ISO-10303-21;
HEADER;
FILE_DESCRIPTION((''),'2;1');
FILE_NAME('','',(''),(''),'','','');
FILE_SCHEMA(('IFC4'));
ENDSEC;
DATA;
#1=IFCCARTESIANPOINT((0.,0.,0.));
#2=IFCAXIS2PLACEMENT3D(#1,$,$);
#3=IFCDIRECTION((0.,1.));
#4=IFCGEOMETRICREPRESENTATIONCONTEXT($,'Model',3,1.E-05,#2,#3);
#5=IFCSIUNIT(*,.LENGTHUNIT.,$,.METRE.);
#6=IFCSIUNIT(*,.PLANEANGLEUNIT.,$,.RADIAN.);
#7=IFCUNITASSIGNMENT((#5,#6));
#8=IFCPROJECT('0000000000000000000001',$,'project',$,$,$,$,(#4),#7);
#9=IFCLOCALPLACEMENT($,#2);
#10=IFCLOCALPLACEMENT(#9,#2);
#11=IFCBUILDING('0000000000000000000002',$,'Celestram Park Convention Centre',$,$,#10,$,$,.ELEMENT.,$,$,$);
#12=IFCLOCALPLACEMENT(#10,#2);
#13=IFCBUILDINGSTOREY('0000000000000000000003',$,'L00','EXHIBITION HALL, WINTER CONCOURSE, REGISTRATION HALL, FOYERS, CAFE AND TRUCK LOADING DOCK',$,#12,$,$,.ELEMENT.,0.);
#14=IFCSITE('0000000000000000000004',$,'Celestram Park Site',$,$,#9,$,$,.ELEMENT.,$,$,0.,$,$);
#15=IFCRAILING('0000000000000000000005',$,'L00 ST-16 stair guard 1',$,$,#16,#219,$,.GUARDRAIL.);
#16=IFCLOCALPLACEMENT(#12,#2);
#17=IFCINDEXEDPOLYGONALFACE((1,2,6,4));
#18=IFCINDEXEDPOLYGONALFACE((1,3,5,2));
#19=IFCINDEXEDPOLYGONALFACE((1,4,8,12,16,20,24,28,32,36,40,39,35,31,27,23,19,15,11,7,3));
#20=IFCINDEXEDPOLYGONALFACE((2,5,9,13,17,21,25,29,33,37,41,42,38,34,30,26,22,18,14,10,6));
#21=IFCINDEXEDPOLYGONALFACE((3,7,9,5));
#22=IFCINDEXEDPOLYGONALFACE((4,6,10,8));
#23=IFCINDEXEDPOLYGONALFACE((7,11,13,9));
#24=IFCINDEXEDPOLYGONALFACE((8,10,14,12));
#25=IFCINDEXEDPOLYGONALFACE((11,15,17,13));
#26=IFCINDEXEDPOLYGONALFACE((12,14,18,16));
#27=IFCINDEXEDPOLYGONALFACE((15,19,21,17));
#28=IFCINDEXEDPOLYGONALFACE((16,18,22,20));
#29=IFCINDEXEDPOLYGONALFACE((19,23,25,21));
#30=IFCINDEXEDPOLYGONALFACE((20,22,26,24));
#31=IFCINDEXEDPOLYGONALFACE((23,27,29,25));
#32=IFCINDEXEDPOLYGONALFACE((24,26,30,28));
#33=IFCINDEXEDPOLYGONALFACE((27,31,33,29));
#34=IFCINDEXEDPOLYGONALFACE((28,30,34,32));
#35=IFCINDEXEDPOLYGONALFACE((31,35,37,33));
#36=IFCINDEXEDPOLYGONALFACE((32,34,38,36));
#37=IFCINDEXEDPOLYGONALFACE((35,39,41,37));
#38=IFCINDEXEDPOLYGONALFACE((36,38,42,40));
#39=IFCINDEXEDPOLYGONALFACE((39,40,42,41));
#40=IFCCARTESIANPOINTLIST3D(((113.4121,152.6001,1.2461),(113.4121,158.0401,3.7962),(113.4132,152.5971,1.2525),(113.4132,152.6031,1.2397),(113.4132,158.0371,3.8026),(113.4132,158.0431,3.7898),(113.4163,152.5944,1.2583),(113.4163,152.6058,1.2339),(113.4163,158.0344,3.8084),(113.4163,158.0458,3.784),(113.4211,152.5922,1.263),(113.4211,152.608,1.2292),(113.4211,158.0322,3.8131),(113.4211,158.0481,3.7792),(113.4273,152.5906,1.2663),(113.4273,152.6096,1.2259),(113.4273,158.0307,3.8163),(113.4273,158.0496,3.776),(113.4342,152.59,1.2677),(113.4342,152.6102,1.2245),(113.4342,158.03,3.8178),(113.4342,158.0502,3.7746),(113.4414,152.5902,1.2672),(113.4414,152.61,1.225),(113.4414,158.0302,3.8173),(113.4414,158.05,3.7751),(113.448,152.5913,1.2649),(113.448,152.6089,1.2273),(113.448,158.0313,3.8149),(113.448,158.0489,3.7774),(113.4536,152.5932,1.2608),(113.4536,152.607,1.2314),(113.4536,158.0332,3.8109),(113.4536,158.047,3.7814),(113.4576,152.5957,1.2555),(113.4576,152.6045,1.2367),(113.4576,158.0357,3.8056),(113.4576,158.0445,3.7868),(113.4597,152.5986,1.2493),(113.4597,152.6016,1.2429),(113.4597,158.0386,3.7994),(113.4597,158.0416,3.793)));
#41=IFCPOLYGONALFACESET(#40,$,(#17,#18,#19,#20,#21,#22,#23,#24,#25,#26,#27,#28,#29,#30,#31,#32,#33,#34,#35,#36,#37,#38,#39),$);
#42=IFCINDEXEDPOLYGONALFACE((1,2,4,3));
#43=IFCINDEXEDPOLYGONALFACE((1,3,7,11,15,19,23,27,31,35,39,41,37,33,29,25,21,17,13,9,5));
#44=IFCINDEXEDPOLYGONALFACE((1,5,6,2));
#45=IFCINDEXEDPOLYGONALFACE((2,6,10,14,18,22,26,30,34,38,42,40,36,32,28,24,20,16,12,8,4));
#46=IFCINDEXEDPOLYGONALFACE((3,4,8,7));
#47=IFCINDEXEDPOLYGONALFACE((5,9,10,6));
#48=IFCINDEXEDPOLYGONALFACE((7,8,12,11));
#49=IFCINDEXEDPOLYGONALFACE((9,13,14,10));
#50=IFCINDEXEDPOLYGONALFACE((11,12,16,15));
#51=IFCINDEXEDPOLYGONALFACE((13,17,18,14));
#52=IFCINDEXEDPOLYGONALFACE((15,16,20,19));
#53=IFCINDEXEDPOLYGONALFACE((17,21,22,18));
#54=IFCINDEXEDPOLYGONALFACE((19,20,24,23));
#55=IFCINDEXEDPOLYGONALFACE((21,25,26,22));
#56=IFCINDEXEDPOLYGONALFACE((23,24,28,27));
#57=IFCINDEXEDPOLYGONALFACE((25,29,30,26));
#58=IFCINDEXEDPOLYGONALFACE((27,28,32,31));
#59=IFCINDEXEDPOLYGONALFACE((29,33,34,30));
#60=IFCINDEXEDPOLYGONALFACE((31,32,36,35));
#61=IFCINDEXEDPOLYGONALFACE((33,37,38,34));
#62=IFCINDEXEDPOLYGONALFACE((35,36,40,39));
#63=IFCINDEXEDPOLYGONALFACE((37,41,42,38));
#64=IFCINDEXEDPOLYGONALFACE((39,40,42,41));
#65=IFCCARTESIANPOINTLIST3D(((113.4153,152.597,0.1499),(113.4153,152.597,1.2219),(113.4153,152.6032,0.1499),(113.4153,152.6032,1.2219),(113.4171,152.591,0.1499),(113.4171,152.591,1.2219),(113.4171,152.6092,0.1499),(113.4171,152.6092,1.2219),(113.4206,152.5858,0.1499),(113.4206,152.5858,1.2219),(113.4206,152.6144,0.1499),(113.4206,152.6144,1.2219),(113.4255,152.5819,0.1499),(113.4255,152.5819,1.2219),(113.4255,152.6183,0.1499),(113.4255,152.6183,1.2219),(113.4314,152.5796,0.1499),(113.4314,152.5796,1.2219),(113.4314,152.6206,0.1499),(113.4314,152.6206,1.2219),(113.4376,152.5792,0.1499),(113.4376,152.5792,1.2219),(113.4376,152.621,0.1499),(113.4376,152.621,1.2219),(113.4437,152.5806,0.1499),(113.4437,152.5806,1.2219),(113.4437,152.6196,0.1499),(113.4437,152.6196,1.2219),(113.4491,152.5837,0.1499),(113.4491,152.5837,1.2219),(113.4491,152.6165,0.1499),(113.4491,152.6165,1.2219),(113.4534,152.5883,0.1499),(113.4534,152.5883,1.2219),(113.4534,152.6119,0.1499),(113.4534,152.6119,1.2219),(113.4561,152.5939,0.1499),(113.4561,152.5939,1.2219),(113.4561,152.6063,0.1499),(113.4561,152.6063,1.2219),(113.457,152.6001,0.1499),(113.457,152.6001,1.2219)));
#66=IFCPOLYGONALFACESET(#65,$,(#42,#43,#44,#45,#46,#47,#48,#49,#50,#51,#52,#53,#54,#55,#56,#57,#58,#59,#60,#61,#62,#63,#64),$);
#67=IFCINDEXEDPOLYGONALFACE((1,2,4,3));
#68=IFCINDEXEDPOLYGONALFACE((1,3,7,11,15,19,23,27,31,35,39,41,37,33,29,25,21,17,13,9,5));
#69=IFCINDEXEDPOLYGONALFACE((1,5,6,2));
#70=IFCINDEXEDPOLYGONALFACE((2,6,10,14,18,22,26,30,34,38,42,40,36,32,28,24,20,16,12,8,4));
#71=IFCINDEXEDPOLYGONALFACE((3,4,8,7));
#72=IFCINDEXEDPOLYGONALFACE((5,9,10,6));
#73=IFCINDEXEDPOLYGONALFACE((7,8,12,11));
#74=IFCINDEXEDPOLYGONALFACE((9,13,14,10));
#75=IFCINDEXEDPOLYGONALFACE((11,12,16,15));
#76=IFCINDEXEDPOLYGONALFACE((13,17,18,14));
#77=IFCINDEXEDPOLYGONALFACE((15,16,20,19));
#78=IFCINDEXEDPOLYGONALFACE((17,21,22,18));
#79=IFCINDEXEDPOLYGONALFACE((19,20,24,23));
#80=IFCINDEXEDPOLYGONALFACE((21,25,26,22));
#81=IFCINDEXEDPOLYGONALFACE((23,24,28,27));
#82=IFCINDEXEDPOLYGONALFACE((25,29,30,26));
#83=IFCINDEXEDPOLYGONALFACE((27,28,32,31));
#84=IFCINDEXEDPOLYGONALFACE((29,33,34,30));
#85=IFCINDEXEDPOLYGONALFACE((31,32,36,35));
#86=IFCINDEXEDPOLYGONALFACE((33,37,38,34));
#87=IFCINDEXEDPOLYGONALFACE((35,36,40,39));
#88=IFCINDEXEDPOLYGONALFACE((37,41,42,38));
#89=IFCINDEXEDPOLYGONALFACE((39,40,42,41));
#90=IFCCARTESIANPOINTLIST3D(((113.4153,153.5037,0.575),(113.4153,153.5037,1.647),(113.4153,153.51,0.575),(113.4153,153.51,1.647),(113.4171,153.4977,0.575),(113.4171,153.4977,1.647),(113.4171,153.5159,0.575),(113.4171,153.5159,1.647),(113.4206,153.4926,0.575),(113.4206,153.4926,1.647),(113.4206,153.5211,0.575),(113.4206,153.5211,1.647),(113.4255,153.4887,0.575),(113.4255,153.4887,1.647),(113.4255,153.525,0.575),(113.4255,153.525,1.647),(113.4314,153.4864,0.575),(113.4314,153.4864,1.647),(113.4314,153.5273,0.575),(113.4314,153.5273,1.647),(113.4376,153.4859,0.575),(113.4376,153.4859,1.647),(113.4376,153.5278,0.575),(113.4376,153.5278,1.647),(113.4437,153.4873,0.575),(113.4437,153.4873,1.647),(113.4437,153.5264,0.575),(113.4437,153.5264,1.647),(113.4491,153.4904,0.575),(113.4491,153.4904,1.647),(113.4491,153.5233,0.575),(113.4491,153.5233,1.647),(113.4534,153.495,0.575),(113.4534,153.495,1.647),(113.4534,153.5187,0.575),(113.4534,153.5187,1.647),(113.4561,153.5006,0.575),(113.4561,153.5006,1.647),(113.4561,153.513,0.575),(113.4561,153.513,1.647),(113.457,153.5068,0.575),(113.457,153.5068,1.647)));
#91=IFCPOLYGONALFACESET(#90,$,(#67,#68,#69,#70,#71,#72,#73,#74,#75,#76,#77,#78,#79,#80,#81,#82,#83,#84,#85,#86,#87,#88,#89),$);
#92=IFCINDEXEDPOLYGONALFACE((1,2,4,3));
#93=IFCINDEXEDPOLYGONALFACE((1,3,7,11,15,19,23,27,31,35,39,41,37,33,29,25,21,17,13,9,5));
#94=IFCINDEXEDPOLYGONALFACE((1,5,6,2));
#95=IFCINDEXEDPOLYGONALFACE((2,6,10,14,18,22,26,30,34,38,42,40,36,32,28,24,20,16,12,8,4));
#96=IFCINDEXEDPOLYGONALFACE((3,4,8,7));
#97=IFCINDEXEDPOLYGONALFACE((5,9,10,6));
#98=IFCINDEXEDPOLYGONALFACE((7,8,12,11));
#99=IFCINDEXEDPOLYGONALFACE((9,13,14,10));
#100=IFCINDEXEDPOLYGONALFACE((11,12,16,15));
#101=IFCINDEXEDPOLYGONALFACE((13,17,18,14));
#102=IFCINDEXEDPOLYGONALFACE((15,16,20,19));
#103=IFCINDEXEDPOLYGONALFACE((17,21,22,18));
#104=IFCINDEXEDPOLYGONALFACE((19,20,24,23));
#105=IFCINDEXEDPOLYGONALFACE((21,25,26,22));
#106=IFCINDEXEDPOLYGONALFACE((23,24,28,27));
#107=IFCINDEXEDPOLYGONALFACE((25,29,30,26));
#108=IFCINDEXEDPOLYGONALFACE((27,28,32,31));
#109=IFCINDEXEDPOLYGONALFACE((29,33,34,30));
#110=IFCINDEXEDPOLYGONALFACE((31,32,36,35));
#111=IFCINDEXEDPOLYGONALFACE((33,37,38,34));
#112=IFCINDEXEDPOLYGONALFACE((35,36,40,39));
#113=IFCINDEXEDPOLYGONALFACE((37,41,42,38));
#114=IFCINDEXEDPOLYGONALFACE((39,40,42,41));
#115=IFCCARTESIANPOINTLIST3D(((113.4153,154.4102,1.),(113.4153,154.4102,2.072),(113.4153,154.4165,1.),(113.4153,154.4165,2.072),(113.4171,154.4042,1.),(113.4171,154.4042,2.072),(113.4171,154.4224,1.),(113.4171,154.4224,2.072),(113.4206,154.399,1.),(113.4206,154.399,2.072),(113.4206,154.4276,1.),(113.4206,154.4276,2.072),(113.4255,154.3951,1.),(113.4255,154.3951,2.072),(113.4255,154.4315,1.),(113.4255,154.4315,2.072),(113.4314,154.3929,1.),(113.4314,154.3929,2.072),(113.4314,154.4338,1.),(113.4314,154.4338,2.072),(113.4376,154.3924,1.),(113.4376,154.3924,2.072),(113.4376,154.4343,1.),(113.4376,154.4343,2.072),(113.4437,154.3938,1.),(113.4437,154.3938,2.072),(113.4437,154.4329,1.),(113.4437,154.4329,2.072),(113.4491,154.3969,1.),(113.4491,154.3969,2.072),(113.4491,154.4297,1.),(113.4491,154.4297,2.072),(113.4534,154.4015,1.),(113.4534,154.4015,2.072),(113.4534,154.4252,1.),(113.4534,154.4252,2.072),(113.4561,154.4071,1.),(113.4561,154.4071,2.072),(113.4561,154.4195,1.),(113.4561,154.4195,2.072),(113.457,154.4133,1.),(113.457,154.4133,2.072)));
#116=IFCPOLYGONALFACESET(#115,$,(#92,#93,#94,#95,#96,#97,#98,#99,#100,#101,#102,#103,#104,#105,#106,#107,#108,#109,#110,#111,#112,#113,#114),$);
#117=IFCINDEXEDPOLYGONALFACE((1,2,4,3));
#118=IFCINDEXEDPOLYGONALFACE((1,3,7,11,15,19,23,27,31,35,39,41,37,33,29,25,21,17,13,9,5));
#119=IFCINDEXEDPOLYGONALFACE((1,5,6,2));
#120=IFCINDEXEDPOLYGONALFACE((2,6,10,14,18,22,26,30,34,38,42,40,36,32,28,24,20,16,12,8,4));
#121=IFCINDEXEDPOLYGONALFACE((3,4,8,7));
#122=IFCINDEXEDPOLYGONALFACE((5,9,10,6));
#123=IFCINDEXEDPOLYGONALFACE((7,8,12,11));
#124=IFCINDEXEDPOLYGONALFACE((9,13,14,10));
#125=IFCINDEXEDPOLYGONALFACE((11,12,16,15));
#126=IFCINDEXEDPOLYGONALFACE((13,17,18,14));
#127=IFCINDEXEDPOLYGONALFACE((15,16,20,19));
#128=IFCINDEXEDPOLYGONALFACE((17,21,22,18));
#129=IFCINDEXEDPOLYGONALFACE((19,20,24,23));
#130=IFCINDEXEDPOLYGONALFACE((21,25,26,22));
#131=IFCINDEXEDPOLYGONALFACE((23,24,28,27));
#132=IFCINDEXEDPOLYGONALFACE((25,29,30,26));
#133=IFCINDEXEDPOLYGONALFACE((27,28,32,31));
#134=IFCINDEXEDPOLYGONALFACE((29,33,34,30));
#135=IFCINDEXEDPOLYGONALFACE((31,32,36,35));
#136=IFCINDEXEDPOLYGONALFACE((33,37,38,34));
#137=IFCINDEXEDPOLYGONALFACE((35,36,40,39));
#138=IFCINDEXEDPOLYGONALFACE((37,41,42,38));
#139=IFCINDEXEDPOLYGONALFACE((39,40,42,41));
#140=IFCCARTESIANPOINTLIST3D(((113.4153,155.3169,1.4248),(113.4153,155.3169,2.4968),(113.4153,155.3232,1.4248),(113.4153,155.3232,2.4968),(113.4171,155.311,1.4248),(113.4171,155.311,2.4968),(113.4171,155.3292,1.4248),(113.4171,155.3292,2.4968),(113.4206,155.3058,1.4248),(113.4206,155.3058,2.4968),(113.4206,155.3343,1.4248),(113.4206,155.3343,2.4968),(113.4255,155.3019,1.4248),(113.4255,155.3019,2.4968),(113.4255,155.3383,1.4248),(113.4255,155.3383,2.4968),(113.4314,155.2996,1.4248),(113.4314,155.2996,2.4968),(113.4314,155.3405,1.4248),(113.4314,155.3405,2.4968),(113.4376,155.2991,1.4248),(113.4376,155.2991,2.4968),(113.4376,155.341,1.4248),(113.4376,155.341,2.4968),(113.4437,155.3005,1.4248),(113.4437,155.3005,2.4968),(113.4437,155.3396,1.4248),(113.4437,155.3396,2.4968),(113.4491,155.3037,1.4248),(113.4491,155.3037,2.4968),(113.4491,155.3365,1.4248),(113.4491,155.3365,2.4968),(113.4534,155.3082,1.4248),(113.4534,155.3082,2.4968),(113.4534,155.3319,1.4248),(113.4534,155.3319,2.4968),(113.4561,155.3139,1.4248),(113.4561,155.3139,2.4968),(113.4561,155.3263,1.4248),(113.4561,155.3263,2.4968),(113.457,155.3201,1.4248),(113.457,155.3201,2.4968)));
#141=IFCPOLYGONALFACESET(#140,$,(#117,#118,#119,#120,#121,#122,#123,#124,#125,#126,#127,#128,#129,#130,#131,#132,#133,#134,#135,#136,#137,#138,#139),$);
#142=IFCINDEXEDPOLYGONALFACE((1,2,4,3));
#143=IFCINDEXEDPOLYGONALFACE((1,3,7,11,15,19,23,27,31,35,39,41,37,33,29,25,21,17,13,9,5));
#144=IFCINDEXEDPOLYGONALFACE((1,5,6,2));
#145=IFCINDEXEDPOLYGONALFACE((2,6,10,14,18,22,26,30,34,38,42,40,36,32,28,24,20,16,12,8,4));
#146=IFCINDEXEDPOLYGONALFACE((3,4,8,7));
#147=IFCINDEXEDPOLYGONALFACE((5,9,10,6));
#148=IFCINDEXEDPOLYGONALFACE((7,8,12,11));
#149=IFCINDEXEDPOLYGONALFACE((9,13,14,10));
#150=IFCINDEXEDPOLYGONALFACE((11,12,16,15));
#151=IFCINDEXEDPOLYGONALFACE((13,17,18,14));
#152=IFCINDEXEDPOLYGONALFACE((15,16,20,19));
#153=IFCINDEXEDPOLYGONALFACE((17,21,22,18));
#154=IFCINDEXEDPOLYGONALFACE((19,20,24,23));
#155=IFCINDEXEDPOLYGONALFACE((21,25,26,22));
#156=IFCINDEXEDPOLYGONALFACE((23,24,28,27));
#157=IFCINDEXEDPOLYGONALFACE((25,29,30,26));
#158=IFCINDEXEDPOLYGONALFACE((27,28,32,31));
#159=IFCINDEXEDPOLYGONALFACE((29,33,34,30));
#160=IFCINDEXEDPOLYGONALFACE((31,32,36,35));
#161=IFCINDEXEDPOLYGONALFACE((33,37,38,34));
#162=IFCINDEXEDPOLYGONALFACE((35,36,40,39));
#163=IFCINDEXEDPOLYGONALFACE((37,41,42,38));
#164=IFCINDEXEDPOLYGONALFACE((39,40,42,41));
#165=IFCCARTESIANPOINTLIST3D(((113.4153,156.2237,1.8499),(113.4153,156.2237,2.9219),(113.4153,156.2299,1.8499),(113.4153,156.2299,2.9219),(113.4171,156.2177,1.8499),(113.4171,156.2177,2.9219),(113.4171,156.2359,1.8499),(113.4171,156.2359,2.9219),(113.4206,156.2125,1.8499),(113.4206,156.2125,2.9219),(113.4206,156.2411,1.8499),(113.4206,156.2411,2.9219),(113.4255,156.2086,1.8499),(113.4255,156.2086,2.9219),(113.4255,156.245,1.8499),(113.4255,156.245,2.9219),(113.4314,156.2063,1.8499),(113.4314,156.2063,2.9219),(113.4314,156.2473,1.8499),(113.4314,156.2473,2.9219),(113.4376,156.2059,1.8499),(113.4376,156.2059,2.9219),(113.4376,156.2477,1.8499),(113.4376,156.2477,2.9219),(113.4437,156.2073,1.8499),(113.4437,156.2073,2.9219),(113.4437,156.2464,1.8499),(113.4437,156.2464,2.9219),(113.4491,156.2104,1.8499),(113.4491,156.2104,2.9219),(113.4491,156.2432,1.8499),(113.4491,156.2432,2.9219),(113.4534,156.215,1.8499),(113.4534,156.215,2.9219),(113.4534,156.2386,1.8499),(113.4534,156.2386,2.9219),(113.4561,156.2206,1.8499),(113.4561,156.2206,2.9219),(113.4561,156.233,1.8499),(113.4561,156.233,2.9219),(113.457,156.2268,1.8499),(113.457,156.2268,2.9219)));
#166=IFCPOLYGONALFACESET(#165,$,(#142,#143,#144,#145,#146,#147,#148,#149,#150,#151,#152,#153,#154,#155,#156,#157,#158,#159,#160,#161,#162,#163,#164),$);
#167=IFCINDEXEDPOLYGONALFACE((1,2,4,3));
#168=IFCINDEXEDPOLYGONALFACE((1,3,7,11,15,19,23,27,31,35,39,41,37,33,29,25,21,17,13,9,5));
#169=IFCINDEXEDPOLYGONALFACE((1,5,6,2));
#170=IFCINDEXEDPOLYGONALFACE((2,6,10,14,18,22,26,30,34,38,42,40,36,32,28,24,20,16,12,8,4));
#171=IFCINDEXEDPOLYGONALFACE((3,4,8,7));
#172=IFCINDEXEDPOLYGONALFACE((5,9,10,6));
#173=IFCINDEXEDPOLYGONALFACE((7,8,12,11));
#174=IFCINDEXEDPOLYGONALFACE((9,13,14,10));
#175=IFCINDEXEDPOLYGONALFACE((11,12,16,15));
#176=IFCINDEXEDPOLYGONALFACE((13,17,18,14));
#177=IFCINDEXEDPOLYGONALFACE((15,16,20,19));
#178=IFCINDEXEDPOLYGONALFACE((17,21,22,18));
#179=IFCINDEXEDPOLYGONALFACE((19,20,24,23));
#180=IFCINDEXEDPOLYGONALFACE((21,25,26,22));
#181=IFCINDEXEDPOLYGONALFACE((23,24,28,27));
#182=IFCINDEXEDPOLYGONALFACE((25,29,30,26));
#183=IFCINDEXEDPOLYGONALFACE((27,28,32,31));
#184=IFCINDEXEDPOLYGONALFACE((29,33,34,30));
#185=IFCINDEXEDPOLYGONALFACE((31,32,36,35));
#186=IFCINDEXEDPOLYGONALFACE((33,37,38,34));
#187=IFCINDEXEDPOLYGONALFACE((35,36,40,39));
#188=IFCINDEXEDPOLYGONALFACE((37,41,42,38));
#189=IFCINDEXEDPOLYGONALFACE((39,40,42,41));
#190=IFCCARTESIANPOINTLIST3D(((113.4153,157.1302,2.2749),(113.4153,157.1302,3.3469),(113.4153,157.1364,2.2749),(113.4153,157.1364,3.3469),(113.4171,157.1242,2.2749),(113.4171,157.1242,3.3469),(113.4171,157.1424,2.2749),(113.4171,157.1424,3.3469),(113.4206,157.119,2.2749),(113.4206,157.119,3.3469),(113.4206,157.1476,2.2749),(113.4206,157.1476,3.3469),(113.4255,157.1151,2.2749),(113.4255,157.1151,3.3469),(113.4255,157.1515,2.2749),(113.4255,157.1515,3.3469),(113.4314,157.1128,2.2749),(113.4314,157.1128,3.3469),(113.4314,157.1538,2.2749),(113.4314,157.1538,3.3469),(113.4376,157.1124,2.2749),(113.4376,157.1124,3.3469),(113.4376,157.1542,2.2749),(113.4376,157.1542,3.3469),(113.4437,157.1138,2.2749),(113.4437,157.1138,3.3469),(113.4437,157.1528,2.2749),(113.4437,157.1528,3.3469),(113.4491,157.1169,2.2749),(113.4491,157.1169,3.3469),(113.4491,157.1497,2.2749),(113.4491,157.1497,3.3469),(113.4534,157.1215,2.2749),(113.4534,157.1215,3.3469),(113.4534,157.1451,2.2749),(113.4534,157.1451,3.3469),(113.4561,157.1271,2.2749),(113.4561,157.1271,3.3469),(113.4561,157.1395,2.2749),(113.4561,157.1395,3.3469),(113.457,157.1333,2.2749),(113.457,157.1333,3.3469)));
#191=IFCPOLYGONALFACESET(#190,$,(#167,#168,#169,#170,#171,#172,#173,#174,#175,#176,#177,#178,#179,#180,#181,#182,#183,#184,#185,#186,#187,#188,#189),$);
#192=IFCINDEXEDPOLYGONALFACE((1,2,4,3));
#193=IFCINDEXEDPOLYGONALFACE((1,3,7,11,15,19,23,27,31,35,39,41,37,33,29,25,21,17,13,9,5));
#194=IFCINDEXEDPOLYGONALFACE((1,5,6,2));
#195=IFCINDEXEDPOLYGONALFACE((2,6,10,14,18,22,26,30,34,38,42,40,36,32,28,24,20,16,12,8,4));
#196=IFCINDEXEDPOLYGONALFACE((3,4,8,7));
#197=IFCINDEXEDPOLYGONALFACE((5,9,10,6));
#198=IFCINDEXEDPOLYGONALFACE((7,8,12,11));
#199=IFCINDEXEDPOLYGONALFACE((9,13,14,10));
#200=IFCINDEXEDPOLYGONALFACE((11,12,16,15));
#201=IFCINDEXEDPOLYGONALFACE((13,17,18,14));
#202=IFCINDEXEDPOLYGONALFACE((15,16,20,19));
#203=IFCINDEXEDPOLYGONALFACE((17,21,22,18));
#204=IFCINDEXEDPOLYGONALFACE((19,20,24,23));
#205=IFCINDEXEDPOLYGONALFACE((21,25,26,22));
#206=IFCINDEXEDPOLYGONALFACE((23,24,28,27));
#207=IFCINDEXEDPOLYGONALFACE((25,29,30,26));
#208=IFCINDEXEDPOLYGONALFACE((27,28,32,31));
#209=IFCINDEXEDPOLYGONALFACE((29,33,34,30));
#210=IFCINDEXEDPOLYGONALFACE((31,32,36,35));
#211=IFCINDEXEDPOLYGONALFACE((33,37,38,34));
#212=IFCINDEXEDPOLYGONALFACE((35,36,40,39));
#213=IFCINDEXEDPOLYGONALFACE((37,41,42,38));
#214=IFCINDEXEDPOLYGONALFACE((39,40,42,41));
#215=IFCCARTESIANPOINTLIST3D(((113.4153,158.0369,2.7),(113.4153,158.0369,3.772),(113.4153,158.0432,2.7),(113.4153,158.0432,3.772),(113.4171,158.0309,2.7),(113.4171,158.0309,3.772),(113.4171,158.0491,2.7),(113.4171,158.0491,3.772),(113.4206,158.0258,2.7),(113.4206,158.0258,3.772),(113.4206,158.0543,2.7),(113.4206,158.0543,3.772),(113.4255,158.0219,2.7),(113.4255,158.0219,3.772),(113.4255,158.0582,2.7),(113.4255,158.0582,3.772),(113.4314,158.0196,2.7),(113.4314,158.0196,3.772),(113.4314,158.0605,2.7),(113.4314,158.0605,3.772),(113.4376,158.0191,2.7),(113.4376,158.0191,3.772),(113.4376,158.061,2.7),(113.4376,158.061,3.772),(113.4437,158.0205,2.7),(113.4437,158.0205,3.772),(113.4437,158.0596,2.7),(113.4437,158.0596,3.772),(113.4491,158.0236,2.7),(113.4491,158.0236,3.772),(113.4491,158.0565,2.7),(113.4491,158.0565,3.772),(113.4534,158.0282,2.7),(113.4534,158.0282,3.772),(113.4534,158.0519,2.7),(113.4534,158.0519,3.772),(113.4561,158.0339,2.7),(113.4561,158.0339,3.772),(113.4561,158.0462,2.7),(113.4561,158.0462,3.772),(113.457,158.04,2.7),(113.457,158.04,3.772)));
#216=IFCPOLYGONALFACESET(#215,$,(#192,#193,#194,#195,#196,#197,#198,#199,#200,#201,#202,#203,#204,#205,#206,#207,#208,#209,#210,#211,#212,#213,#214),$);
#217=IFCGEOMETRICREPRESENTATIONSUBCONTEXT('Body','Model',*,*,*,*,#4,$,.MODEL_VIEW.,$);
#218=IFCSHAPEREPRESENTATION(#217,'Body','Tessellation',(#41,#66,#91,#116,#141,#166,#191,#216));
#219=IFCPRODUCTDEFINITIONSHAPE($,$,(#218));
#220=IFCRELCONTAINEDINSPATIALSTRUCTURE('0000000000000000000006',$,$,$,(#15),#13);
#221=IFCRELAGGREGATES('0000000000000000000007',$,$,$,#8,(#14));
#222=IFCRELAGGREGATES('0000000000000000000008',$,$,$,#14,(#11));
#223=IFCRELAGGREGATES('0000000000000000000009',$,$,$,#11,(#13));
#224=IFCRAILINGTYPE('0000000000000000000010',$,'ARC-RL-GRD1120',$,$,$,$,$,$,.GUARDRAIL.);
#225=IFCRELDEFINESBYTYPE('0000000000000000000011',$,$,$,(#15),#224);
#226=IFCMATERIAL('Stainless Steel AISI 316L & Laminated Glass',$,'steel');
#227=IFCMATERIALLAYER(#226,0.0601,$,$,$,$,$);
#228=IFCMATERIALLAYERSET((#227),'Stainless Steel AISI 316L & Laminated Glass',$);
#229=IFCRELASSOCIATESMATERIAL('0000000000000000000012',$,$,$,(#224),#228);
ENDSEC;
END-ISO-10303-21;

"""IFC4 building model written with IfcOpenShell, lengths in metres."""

from ifc_helpers import new_model, si_unit, direction, frame, origin, origin_2d, place, context, subcontext, project, spatial, circle, extrude, material, layer, layer_set, type_object, element, save


model = new_model("IFC4")

# Units and contexts
model_context = context("Model", 3, precision=1e-05, world=origin(), true_north=direction((0.0, 1.0)))
body_context = subcontext(model_context, "Body", "Model", "MODEL_VIEW")
ifc_project = project(units=[si_unit("LENGTHUNIT", "METRE"), si_unit("PLANEANGLEUNIT", "RADIAN")], contexts=[model_context])

# Site, building, storey
site_placement = place(None, origin())
site = spatial("IfcSite", under=ifc_project, at=site_placement, Name="Celestram Park Site", CompositionType="ELEMENT", RefElevation=0.0)
building_placement = place(site_placement, origin())
building = spatial("IfcBuilding", under=site, at=building_placement, Name="Celestram Park Convention Centre", CompositionType="ELEMENT")
storey_placement = place(building_placement, origin())
storey = spatial("IfcBuildingStorey", under=building, at=storey_placement, Name="L00", Description="EXHIBITION HALL, WINTER CONCOURSE, REGISTRATION HALL, FOYERS, CAFE AND TRUCK LOADING DOCK", CompositionType="ELEMENT", Elevation=0.0)

# Railing
ifc_material_1 = material(Name="Stainless Steel AISI 316L & Laminated Glass", Category="steel")
ifc_layer_1 = layer(ifc_material_1, 0.0601)
ifc_layer_set_1 = layer_set([ifc_layer_1], Name="Stainless Steel AISI 316L & Laminated Glass")
railing_type_1 = type_object("IfcRailingType", Name="ARC-RL-GRD1120", PredefinedType="GUARDRAIL", material=ifc_layer_set_1)
railing_1_placement = place(storey_placement, frame((113.436, 152.6001, 0.1499)))
element("IfcRailing", 1, at=railing_1_placement, inside=storey, type_object=railing_type_1, Name="L00 ST-16 stair guard 1", PredefinedType="GUARDRAIL", context=body_context, shape_type="SweptSolid", body=[
    extrude(circle(Radius=0.0239, at=origin_2d()), frame((0.0, 0.0, 1.0962), z_axis=(0.0, 0.905454, 0.424444), x_axis=(-1.0, 0.0, 0.0)), (0.0, 0.0, 1.0), 6.0081),
    extrude(circle(Radius=0.021, at=origin_2d()), origin(), (0.0, 0.0, 1.0), 1.072),
    extrude(circle(Radius=0.021, at=origin_2d()), frame((0.0, 0.9067, 0.425)), (0.0, 0.0, 1.0), 1.072),
    extrude(circle(Radius=0.021, at=origin_2d()), frame((0.0, 1.8132, 0.8501)), (0.0, 0.0, 1.0), 1.072),
    extrude(circle(Radius=0.021, at=origin_2d()), frame((0.0, 2.72, 1.2749)), (0.0, 0.0, 1.0), 1.072),
    extrude(circle(Radius=0.021, at=origin_2d()), frame((0.0, 3.6267, 1.7)), (0.0, 0.0, 1.0), 1.072),
    extrude(circle(Radius=0.021, at=origin_2d()), frame((0.0, 4.5332, 2.125)), (0.0, 0.0, 1.0), 1.072),
    extrude(circle(Radius=0.021, at=origin_2d()), frame((0.0, 5.4399, 2.55)), (0.0, 0.0, 1.0), 1.072),
])

save(model, "model.ifc")
